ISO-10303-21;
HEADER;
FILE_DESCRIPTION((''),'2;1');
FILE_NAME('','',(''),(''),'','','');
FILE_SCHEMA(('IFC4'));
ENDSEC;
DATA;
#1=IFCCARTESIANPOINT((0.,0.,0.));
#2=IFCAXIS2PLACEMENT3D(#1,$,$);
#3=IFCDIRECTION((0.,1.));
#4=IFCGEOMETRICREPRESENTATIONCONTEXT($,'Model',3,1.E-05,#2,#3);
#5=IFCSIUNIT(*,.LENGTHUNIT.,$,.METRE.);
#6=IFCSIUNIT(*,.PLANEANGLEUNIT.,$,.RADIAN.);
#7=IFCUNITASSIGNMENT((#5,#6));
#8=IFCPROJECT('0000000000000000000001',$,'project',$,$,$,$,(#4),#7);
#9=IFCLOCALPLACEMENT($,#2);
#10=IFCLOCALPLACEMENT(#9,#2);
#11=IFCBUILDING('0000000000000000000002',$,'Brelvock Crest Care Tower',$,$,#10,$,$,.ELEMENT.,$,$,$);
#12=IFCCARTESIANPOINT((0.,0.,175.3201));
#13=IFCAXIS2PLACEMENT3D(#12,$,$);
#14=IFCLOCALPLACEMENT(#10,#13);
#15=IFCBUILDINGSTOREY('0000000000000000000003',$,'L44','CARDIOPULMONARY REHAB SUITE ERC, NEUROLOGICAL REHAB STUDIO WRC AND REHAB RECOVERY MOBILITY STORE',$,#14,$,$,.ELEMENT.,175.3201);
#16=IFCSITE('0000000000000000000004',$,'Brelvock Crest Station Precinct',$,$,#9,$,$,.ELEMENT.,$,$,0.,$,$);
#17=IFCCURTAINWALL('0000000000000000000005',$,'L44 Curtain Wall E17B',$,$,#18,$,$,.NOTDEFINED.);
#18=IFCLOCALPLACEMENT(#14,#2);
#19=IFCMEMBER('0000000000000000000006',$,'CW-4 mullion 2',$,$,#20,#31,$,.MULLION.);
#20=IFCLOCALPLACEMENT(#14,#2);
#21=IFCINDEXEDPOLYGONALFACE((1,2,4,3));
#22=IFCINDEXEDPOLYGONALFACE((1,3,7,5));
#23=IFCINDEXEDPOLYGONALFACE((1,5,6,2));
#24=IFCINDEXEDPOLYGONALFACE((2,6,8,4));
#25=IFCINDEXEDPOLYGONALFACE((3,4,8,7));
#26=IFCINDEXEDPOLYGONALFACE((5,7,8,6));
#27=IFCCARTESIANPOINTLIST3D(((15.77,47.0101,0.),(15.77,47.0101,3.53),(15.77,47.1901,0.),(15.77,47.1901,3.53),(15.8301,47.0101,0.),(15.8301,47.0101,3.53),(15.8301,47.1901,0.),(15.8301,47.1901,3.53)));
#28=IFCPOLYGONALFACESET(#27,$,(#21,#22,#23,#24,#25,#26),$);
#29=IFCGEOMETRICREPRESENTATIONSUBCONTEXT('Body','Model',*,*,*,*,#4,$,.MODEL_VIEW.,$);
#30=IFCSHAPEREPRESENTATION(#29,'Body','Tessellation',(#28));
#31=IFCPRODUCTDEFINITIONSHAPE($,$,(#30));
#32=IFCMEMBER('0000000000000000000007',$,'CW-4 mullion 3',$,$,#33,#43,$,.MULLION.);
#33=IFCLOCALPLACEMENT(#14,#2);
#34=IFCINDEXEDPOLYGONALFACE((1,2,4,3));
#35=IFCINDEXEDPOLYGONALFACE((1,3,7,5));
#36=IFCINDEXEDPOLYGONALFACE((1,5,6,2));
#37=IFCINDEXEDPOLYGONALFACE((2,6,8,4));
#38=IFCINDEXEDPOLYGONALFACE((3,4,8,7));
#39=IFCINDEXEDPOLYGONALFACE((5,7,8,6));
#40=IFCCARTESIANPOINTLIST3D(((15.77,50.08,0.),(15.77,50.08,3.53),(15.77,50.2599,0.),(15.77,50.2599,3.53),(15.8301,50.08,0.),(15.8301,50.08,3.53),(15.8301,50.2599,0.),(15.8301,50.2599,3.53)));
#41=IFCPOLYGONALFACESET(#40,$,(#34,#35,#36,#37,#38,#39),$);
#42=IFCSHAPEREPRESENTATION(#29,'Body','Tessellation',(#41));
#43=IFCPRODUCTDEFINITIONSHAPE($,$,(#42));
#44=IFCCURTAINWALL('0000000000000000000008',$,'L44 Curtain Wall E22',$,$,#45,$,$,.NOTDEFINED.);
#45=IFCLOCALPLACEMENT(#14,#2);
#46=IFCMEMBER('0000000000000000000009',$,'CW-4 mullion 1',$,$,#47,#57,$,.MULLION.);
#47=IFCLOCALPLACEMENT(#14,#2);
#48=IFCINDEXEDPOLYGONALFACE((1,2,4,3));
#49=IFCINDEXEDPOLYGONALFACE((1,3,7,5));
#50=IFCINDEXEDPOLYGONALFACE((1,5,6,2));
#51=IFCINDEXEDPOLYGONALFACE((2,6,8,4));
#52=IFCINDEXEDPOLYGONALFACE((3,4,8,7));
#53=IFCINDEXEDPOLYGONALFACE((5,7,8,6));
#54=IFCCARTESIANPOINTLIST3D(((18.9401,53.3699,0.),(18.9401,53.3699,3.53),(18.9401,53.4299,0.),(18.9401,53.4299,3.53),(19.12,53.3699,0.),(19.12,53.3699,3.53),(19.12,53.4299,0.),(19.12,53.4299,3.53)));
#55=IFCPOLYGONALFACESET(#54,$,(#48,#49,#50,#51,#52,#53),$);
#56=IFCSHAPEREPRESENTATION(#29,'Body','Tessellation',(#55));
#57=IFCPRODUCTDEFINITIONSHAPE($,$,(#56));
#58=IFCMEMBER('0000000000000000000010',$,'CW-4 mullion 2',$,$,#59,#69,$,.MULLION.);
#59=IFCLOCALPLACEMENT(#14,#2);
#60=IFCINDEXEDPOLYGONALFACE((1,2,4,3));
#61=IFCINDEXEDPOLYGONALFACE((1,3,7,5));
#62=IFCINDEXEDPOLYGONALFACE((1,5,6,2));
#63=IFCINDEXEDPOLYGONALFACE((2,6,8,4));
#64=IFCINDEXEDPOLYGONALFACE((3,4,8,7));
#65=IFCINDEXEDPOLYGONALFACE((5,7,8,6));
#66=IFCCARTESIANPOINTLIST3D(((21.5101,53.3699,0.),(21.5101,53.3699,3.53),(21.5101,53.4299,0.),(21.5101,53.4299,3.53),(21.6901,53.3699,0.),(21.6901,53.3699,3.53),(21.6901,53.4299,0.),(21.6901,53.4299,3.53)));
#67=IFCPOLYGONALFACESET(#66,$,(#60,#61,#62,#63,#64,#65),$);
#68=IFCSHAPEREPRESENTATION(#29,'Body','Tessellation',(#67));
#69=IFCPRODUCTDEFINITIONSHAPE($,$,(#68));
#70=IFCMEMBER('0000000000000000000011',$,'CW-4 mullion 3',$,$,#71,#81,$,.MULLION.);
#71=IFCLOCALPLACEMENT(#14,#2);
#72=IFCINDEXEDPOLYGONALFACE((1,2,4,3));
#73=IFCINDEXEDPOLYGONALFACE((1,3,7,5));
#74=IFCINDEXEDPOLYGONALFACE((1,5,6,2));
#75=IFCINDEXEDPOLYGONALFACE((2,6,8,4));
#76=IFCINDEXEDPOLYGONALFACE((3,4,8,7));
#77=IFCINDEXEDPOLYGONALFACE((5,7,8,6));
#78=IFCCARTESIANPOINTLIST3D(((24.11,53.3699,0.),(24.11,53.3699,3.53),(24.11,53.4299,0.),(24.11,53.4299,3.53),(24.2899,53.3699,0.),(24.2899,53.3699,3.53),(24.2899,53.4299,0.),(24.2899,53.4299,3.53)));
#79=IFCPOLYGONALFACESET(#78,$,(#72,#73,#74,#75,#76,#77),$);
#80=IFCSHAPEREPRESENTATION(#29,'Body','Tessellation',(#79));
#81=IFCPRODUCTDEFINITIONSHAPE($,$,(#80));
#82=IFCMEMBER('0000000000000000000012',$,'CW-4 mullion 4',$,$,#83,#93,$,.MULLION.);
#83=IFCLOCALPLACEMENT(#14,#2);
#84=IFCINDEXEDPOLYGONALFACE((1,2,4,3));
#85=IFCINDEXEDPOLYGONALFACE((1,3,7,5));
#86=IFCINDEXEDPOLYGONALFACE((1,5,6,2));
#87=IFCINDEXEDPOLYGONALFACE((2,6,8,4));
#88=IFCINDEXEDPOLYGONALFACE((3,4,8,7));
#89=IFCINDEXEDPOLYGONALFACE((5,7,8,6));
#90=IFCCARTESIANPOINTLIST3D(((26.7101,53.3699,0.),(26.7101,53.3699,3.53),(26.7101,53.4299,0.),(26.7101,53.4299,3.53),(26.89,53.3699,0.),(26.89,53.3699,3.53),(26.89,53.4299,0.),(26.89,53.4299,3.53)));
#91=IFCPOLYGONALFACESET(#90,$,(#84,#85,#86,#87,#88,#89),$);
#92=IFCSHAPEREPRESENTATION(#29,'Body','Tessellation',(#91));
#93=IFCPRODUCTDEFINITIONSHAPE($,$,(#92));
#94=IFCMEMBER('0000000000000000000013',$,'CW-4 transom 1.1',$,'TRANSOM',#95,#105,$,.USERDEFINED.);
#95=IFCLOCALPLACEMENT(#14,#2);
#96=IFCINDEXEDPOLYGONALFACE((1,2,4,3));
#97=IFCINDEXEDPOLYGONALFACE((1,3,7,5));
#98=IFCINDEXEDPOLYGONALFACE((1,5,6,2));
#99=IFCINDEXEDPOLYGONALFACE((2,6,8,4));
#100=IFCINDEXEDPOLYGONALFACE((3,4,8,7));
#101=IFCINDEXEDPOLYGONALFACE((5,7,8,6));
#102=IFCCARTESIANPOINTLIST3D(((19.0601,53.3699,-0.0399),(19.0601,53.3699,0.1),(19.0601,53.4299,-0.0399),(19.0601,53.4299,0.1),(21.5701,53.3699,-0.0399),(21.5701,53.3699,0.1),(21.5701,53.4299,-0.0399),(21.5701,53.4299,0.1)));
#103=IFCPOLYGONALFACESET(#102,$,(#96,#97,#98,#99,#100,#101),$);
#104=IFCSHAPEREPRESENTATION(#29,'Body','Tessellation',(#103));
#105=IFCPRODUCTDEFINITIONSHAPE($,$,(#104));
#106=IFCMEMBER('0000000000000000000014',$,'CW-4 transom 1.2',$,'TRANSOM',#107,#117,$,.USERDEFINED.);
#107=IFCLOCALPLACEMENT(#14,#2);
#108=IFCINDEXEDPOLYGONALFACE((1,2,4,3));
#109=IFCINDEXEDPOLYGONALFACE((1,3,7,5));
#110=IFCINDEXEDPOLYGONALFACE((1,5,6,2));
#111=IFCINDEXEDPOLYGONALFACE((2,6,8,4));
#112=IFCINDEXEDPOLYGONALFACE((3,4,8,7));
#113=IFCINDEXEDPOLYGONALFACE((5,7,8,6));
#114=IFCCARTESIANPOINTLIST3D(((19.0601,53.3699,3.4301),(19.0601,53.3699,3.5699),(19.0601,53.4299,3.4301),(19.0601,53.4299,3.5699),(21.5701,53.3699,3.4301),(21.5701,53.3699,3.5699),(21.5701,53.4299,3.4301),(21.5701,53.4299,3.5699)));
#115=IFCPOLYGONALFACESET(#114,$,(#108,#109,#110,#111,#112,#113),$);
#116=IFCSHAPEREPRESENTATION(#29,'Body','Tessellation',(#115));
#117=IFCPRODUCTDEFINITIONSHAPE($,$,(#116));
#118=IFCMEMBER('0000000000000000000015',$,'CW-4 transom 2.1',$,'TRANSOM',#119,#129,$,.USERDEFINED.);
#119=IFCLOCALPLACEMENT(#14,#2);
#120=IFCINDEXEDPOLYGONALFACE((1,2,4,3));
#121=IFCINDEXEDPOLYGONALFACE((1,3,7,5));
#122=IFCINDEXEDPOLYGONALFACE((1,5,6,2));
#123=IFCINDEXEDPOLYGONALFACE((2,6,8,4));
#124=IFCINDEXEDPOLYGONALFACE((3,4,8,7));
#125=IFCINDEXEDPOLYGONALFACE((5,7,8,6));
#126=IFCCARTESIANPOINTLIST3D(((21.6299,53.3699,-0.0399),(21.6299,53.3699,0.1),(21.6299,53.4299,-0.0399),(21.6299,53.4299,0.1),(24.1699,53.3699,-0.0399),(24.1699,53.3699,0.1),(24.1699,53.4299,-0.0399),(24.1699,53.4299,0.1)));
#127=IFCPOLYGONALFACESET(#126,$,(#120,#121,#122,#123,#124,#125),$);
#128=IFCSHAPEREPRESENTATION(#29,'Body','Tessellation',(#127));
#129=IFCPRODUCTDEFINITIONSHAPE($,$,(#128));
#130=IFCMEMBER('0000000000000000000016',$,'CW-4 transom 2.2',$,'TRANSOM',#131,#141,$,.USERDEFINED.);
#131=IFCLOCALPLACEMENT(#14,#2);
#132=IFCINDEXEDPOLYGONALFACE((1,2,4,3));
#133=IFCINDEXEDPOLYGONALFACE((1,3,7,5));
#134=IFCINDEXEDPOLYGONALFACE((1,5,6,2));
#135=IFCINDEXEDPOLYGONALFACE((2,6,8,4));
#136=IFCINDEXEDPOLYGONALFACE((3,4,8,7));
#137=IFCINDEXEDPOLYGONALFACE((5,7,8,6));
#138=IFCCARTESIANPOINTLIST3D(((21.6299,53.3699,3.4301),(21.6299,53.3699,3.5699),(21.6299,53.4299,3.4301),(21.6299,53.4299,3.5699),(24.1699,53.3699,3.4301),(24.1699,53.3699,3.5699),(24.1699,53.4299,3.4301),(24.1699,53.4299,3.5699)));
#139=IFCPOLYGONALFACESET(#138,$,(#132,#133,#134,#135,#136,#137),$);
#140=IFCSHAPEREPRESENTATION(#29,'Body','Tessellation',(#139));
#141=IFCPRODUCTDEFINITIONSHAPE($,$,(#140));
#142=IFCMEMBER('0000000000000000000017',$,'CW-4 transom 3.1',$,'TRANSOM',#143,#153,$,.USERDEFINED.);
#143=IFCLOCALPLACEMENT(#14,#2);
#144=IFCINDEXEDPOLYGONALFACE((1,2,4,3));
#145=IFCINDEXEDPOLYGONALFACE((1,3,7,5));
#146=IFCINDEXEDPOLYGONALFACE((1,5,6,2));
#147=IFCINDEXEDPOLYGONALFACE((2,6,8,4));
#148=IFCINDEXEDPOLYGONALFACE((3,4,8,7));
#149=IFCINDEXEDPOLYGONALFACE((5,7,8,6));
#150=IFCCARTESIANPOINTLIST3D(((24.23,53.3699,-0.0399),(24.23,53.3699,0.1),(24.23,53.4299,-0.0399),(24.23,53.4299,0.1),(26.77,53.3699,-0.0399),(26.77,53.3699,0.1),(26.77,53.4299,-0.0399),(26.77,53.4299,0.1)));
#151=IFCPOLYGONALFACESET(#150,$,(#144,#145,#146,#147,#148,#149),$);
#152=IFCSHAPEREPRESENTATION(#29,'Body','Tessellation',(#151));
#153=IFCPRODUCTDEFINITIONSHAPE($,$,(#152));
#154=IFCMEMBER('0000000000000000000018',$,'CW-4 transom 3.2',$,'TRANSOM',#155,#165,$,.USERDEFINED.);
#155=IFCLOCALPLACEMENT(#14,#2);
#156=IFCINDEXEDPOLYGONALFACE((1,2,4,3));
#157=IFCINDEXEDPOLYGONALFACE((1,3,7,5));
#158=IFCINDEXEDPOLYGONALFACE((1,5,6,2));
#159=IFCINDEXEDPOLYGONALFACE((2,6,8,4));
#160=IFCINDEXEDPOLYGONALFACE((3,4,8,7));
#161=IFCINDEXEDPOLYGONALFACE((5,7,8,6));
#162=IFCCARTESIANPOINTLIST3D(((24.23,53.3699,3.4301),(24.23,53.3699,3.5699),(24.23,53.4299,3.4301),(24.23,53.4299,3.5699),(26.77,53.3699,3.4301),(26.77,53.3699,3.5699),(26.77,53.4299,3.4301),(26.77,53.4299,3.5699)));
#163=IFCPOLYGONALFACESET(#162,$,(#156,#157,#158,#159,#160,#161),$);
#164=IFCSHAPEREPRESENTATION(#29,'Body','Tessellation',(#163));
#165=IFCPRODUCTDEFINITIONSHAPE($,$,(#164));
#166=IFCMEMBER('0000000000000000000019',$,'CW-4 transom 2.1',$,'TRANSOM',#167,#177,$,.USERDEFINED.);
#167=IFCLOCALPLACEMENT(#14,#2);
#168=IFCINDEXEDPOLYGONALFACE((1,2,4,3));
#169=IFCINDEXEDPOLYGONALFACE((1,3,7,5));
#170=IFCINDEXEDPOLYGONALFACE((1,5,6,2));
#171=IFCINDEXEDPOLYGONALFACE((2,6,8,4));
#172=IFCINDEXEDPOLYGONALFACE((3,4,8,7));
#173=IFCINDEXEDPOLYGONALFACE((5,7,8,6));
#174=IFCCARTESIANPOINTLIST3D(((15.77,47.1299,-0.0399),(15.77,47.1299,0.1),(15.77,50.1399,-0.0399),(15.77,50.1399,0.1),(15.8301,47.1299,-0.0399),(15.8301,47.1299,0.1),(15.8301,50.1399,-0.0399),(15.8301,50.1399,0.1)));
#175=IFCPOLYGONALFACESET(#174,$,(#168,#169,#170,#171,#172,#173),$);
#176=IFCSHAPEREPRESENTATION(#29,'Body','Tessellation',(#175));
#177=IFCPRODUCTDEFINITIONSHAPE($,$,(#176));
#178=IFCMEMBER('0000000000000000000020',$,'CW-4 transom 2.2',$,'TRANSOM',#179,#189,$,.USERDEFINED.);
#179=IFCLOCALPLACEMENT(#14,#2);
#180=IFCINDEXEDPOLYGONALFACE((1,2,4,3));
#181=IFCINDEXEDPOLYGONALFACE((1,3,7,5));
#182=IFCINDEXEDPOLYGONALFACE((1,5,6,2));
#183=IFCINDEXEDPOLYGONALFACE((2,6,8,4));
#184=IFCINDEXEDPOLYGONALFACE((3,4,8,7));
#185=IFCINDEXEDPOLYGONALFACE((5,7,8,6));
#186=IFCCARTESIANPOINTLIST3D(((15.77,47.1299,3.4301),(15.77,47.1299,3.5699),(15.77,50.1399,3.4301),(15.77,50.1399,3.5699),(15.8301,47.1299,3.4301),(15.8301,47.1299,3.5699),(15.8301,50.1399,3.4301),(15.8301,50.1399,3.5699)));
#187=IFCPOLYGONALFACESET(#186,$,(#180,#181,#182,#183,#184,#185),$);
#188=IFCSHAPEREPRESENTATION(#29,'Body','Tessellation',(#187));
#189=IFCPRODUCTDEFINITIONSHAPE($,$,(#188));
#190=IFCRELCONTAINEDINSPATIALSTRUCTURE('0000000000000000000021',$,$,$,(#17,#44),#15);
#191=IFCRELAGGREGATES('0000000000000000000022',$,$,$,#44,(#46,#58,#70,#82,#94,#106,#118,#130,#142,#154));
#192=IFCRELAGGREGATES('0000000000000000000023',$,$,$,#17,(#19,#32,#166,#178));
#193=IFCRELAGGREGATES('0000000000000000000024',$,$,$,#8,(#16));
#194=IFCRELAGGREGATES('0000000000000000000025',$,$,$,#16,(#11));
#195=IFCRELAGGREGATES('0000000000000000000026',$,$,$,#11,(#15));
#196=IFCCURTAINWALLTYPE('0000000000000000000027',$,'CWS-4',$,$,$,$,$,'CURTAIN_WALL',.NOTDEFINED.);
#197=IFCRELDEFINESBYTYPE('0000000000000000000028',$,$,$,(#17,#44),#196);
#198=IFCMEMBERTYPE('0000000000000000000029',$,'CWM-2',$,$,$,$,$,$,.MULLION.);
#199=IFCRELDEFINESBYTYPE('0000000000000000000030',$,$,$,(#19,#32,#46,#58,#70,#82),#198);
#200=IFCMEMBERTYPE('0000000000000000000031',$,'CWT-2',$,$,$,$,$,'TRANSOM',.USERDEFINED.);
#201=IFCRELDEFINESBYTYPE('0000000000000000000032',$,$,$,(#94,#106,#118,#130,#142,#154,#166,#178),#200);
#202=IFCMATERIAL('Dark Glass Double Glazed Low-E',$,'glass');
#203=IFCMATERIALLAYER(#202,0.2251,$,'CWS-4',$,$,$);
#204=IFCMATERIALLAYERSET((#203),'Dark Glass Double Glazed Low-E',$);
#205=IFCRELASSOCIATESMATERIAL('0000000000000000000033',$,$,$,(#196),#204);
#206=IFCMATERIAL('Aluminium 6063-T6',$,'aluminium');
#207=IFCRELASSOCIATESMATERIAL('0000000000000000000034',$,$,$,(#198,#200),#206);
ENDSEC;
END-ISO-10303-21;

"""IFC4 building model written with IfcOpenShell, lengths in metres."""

from ifc_helpers import new_model, si_unit, direction, frame, origin, origin_2d, place, context, subcontext, project, spatial, rectangle, extrude, source, transform, mapped, material, layer, layer_set, material_profile, profile_set, type_object, element, aggregate, save


model = new_model("IFC4")

# Units and contexts
model_context = context("Model", 3, precision=1e-05, world=origin(), true_north=direction((0.0, 1.0)))
body_context = subcontext(model_context, "Body", "Model", "MODEL_VIEW")
ifc_project = project(units=[si_unit("LENGTHUNIT", "METRE"), si_unit("PLANEANGLEUNIT", "RADIAN")], contexts=[model_context])

# Site, building, storey
site_placement = place(None, origin())
site = spatial("IfcSite", under=ifc_project, at=site_placement, Name="Brelvock Crest Station Precinct", CompositionType="ELEMENT", RefElevation=0.0)
building_placement = place(site_placement, origin())
building = spatial("IfcBuilding", under=site, at=building_placement, Name="Brelvock Crest Care Tower", CompositionType="ELEMENT")
storey_placement = place(building_placement, frame((0.0, 0.0, 175.3201)))
storey = spatial("IfcBuildingStorey", under=building, at=storey_placement, Name="L44", Description="CARDIOPULMONARY REHAB SUITE ERC, NEUROLOGICAL REHAB STUDIO WRC AND REHAB RECOVERY MOBILITY STORE", CompositionType="ELEMENT", Elevation=175.3201)

# Curtain walls, members
ifc_material_1 = material(Name="Dark Glass Double Glazed Low-E", Category="glass")
ifc_layer_1 = layer(ifc_material_1, 0.2251, Name="CWS-4")
ifc_layer_set_1 = layer_set([ifc_layer_1], Name="Dark Glass Double Glazed Low-E")
curtain_wall_type = type_object("IfcCurtainWallType", Name="CWS-4", ElementType="CURTAIN_WALL", PredefinedType="NOTDEFINED", material=ifc_layer_set_1)
curtain_wall_1_placement = place(storey_placement, origin())
curtain_wall_1 = element("IfcCurtainWall", 1, at=curtain_wall_1_placement, inside=storey, type_object=curtain_wall_type, Name="L44 Curtain Wall E17B", PredefinedType="NOTDEFINED")
ifc_material_2 = material(Name="Aluminium 6063-T6", Category="aluminium")
ifc_material_profile_1 = material_profile(ifc_material_2, rectangle(XDim=0.0601, YDim=0.1799, at=origin_2d()), Name="ALU60x180")
ifc_profile_set_1 = profile_set([ifc_material_profile_1], Name="Aluminium 6063-T6")
member_type_1 = type_object("IfcMemberType", Name="CWM-2", PredefinedType="MULLION", material=ifc_profile_set_1)
shared_shape_1 = source(origin(), body_context, "Body", "SweptSolid", [
    extrude(rectangle(XDim=0.0601, YDim=0.1799, at=origin_2d()), origin(), (0.0, 0.0, 1.0), 3.53),
])
member_1_placement = place(storey_placement, frame((15.8, 47.1001, 0.0), z_axis=(0.0, 0.0, 1.0), x_axis=(-1.0, 0.0, 0.0)))
member_1 = element("IfcMember", 2, at=member_1_placement, type_object=member_type_1, Name="CW-4 mullion 2", PredefinedType="MULLION", context=body_context, shape_type="MappedRepresentation", body=[
    mapped(shared_shape_1, transform((0.0, 0.0, 0.0), x_axis=(1.0, 0.0, 0.0), y_axis=(0.0, 1.0, 0.0), z_axis=(0.0, 0.0, 1.0), scale=1.0)),
])
member_2_placement = place(storey_placement, frame((15.8, 50.1699, 0.0), z_axis=(0.0, 0.0, 1.0), x_axis=(-1.0, 0.0, 0.0)))
member_2 = element("IfcMember", 3, at=member_2_placement, type_object=member_type_1, Name="CW-4 mullion 3", PredefinedType="MULLION", context=body_context, shape_type="MappedRepresentation", body=[
    mapped(shared_shape_1, transform((0.0, 0.0, 0.0), x_axis=(1.0, 0.0, 0.0), y_axis=(0.0, 1.0, 0.0), z_axis=(0.0, 0.0, 1.0), scale=1.0)),
])
curtain_wall_2_placement = place(storey_placement, origin())
curtain_wall_2 = element("IfcCurtainWall", 4, at=curtain_wall_2_placement, inside=storey, type_object=curtain_wall_type, Name="L44 Curtain Wall E22", PredefinedType="NOTDEFINED")
member_3_placement = place(storey_placement, frame((19.03, 53.3999, 0.0), z_axis=(0.0, 0.0, 1.0), x_axis=(0.0, 1.0, 0.0)))
member_3 = element("IfcMember", 5, at=member_3_placement, type_object=member_type_1, Name="CW-4 mullion 1", PredefinedType="MULLION", context=body_context, shape_type="MappedRepresentation", body=[
    mapped(shared_shape_1, transform((0.0, 0.0, 0.0), x_axis=(1.0, 0.0, 0.0), y_axis=(0.0, 1.0, 0.0), z_axis=(0.0, 0.0, 1.0), scale=1.0)),
])
member_4_placement = place(storey_placement, frame((21.6001, 53.3999, 0.0), z_axis=(0.0, 0.0, 1.0), x_axis=(0.0, 1.0, 0.0)))
member_4 = element("IfcMember", 6, at=member_4_placement, type_object=member_type_1, Name="CW-4 mullion 2", PredefinedType="MULLION", context=body_context, shape_type="MappedRepresentation", body=[
    mapped(shared_shape_1, transform((0.0, 0.0, 0.0), x_axis=(1.0, 0.0, 0.0), y_axis=(0.0, 1.0, 0.0), z_axis=(0.0, 0.0, 1.0), scale=1.0)),
])
member_5_placement = place(storey_placement, frame((24.2, 53.3999, 0.0), z_axis=(0.0, 0.0, 1.0), x_axis=(0.0, 1.0, 0.0)))
member_5 = element("IfcMember", 7, at=member_5_placement, type_object=member_type_1, Name="CW-4 mullion 3", PredefinedType="MULLION", context=body_context, shape_type="MappedRepresentation", body=[
    mapped(shared_shape_1, transform((0.0, 0.0, 0.0), x_axis=(1.0, 0.0, 0.0), y_axis=(0.0, 1.0, 0.0), z_axis=(0.0, 0.0, 1.0), scale=1.0)),
])
member_6_placement = place(storey_placement, frame((26.8, 53.3999, 0.0), z_axis=(0.0, 0.0, 1.0), x_axis=(0.0, 1.0, 0.0)))
member_6 = element("IfcMember", 8, at=member_6_placement, type_object=member_type_1, Name="CW-4 mullion 4", PredefinedType="MULLION", context=body_context, shape_type="MappedRepresentation", body=[
    mapped(shared_shape_1, transform((0.0, 0.0, 0.0), x_axis=(1.0, 0.0, 0.0), y_axis=(0.0, 1.0, 0.0), z_axis=(0.0, 0.0, 1.0), scale=1.0)),
])
ifc_material_profile_2 = material_profile(ifc_material_2, rectangle(XDim=0.0601, YDim=0.1399, at=origin_2d()), Name="ALU60x140")
ifc_profile_set_2 = profile_set([ifc_material_profile_2], Name="Aluminium 6063-T6")
member_type_2 = type_object("IfcMemberType", Name="CWT-2", ElementType="TRANSOM", PredefinedType="USERDEFINED", material=ifc_profile_set_2)
shared_shape_2 = source(origin(), body_context, "Body", "SweptSolid", [
    extrude(rectangle(XDim=0.0601, YDim=0.1399, at=origin_2d()), origin(), (0.0, 0.0, 1.0), 2.51),
])
member_7_placement = place(storey_placement, frame((19.0601, 53.3999, 0.03), z_axis=(1.0, 0.0, 0.0), x_axis=(0.0, 1.0, 0.0)))
member_7 = element("IfcMember", 9, at=member_7_placement, type_object=member_type_2, Name="CW-4 transom 1.1", ObjectType="TRANSOM", PredefinedType="USERDEFINED", context=body_context, shape_type="MappedRepresentation", body=[
    mapped(shared_shape_2, transform((0.0, 0.0, 0.0), x_axis=(1.0, 0.0, 0.0), y_axis=(0.0, 1.0, 0.0), z_axis=(0.0, 0.0, 1.0), scale=1.0)),
])
member_8_placement = place(storey_placement, frame((19.0601, 53.3999, 3.5), z_axis=(1.0, 0.0, 0.0), x_axis=(0.0, 1.0, 0.0)))
member_8 = element("IfcMember", 10, at=member_8_placement, type_object=member_type_2, Name="CW-4 transom 1.2", ObjectType="TRANSOM", PredefinedType="USERDEFINED", context=body_context, shape_type="MappedRepresentation", body=[
    mapped(shared_shape_2, transform((0.0, 0.0, 0.0), x_axis=(1.0, 0.0, 0.0), y_axis=(0.0, 1.0, 0.0), z_axis=(0.0, 0.0, 1.0), scale=1.0)),
])
shared_shape_3 = source(origin(), body_context, "Body", "SweptSolid", [
    extrude(rectangle(XDim=0.0601, YDim=0.1399, at=origin_2d()), origin(), (0.0, 0.0, 1.0), 2.54),
])
member_9_placement = place(storey_placement, frame((21.6299, 53.3999, 0.03), z_axis=(1.0, 0.0, 0.0), x_axis=(0.0, 1.0, 0.0)))
member_9 = element("IfcMember", 11, at=member_9_placement, type_object=member_type_2, Name="CW-4 transom 2.1", ObjectType="TRANSOM", PredefinedType="USERDEFINED", context=body_context, shape_type="MappedRepresentation", body=[
    mapped(shared_shape_3, transform((0.0, 0.0, 0.0), x_axis=(1.0, 0.0, 0.0), y_axis=(0.0, 1.0, 0.0), z_axis=(0.0, 0.0, 1.0), scale=1.0)),
])
member_10_placement = place(storey_placement, frame((21.6299, 53.3999, 3.5), z_axis=(1.0, 0.0, 0.0), x_axis=(0.0, 1.0, 0.0)))
member_10 = element("IfcMember", 12, at=member_10_placement, type_object=member_type_2, Name="CW-4 transom 2.2", ObjectType="TRANSOM", PredefinedType="USERDEFINED", context=body_context, shape_type="MappedRepresentation", body=[
    mapped(shared_shape_3, transform((0.0, 0.0, 0.0), x_axis=(1.0, 0.0, 0.0), y_axis=(0.0, 1.0, 0.0), z_axis=(0.0, 0.0, 1.0), scale=1.0)),
])
member_11_placement = place(storey_placement, frame((24.23, 53.3999, 0.03), z_axis=(1.0, 0.0, 0.0), x_axis=(0.0, 1.0, 0.0)))
member_11 = element("IfcMember", 13, at=member_11_placement, type_object=member_type_2, Name="CW-4 transom 3.1", ObjectType="TRANSOM", PredefinedType="USERDEFINED", context=body_context, shape_type="MappedRepresentation", body=[
    mapped(shared_shape_3, transform((0.0, 0.0, 0.0), x_axis=(1.0, 0.0, 0.0), y_axis=(0.0, 1.0, 0.0), z_axis=(0.0, 0.0, 1.0), scale=1.0)),
])
member_12_placement = place(storey_placement, frame((24.23, 53.3999, 3.5), z_axis=(1.0, 0.0, 0.0), x_axis=(0.0, 1.0, 0.0)))
member_12 = element("IfcMember", 14, at=member_12_placement, type_object=member_type_2, Name="CW-4 transom 3.2", ObjectType="TRANSOM", PredefinedType="USERDEFINED", context=body_context, shape_type="MappedRepresentation", body=[
    mapped(shared_shape_3, transform((0.0, 0.0, 0.0), x_axis=(1.0, 0.0, 0.0), y_axis=(0.0, 1.0, 0.0), z_axis=(0.0, 0.0, 1.0), scale=1.0)),
])

# Members
shared_shape_4 = source(origin(), body_context, "Body", "SweptSolid", [
    extrude(rectangle(XDim=0.0601, YDim=0.1399, at=origin_2d()), origin(), (0.0, 0.0, 1.0), 3.01),
])
member_13_placement = place(storey_placement, frame((15.8, 47.1299, 0.03), z_axis=(0.0, 1.0, 0.0), x_axis=(-1.0, 0.0, 0.0)))
member_13 = element("IfcMember", 15, at=member_13_placement, type_object=member_type_2, Name="CW-4 transom 2.1", ObjectType="TRANSOM", PredefinedType="USERDEFINED", context=body_context, shape_type="MappedRepresentation", body=[
    mapped(shared_shape_4, transform((0.0, 0.0, 0.0), x_axis=(1.0, 0.0, 0.0), y_axis=(0.0, 1.0, 0.0), z_axis=(0.0, 0.0, 1.0), scale=1.0)),
])
member_14_placement = place(storey_placement, frame((15.8, 47.1299, 3.5), z_axis=(0.0, 1.0, 0.0), x_axis=(-1.0, 0.0, 0.0)))
member_14 = element("IfcMember", 16, at=member_14_placement, type_object=member_type_2, Name="CW-4 transom 2.2", ObjectType="TRANSOM", PredefinedType="USERDEFINED", context=body_context, shape_type="MappedRepresentation", body=[
    mapped(shared_shape_4, transform((0.0, 0.0, 0.0), x_axis=(1.0, 0.0, 0.0), y_axis=(0.0, 1.0, 0.0), z_axis=(0.0, 0.0, 1.0), scale=1.0)),
])

aggregate(curtain_wall_2, [member_3, member_4, member_5, member_6, member_7, member_8, member_9, member_10, member_11, member_12])
aggregate(curtain_wall_1, [member_1, member_2, member_13, member_14])

save(model, "model.ifc")
